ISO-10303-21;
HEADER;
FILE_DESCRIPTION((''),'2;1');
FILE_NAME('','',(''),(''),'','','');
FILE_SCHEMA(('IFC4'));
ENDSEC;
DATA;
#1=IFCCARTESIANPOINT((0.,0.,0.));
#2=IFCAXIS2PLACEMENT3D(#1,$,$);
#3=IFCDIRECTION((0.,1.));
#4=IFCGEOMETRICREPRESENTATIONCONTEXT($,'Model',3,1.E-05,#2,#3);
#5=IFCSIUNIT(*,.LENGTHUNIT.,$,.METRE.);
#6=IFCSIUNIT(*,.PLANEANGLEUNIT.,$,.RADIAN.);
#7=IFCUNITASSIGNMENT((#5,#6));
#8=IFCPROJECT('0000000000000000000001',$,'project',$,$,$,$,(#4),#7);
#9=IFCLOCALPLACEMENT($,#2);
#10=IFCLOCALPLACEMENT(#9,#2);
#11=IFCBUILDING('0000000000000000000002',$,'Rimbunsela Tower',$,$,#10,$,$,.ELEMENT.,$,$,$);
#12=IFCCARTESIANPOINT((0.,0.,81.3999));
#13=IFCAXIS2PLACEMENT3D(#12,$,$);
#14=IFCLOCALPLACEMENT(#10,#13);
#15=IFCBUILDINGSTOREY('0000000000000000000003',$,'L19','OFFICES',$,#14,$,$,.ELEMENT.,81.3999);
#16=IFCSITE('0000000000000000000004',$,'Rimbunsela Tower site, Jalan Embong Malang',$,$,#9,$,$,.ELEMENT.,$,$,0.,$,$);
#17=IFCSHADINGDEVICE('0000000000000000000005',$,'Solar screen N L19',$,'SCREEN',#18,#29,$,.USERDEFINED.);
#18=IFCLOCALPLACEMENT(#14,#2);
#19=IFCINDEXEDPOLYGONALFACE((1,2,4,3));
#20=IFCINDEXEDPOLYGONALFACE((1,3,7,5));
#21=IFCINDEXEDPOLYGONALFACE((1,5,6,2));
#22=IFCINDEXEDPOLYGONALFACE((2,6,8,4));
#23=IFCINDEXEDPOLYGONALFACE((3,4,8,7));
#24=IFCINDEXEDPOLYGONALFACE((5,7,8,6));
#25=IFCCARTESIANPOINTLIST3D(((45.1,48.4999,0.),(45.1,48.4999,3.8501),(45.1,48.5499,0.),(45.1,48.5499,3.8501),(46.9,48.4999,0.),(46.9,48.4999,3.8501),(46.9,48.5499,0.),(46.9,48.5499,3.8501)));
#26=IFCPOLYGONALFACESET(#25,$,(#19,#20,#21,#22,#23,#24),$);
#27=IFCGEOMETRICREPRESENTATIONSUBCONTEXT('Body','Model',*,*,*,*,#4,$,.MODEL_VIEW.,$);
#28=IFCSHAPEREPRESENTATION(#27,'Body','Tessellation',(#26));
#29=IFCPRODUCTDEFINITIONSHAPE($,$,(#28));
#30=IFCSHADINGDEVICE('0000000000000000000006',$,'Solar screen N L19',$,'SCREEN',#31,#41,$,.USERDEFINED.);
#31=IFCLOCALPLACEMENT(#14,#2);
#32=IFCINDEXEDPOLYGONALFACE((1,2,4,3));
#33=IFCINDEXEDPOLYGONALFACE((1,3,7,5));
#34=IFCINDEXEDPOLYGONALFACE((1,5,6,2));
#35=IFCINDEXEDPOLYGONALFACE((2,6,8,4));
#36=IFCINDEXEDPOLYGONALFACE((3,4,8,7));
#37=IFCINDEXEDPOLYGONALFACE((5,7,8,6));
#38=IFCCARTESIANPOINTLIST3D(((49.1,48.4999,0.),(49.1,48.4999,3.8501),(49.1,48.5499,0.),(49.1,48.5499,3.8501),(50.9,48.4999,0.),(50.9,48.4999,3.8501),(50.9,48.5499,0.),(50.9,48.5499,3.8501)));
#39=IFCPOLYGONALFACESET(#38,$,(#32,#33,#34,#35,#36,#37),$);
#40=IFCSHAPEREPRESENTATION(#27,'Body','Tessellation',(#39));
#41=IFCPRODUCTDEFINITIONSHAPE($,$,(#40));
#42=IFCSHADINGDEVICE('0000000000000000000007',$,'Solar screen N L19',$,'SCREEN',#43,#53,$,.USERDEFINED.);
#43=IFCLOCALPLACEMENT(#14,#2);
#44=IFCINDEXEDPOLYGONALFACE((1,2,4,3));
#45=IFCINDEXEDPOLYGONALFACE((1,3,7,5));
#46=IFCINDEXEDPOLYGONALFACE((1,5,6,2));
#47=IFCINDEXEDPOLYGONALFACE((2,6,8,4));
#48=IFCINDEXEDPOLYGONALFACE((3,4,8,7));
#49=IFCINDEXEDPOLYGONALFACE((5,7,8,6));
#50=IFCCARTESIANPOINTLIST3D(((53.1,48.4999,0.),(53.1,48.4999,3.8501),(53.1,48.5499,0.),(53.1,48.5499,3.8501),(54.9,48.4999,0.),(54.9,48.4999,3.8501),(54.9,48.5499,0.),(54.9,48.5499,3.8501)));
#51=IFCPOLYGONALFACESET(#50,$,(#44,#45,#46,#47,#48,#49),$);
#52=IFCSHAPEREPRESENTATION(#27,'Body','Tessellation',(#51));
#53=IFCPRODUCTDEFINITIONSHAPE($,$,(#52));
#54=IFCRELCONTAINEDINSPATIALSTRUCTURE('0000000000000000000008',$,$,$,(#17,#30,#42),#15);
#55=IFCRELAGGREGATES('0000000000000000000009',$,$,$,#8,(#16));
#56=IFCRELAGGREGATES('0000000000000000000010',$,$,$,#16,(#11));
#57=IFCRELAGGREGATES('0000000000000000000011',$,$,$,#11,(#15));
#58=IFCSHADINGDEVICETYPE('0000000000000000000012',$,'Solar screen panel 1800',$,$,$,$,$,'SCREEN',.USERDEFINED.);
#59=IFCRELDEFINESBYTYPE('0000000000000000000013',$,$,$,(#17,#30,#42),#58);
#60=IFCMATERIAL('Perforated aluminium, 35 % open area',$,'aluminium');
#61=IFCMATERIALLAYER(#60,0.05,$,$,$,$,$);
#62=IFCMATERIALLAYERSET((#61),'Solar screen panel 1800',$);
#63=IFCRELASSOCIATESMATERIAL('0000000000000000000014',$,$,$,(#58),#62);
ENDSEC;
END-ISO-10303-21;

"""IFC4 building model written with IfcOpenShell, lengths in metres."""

from ifc_helpers import new_model, si_unit, direction, frame, origin, origin_2d, place, context, subcontext, project, spatial, rectangle, extrude, material, layer, layer_set, type_object, element, save


model = new_model("IFC4")

# Units and contexts
model_context = context("Model", 3, precision=1e-05, world=origin(), true_north=direction((0.0, 1.0)))
body_context = subcontext(model_context, "Body", "Model", "MODEL_VIEW")
ifc_project = project(units=[si_unit("LENGTHUNIT", "METRE"), si_unit("PLANEANGLEUNIT", "RADIAN")], contexts=[model_context])

# Site, building, storey
site_placement = place(None, origin())
site = spatial("IfcSite", under=ifc_project, at=site_placement, Name="Rimbunsela Tower site, Jalan Embong Malang", CompositionType="ELEMENT", RefElevation=0.0)
building_placement = place(site_placement, origin())
building = spatial("IfcBuilding", under=site, at=building_placement, Name="Rimbunsela Tower", CompositionType="ELEMENT")
storey_placement = place(building_placement, frame((0.0, 0.0, 81.3999)))
storey = spatial("IfcBuildingStorey", under=building, at=storey_placement, Name="L19", Description="OFFICES", CompositionType="ELEMENT", Elevation=81.3999)

# Shading devices
ifc_material_1 = material(Name="Perforated aluminium, 35 % open area", Category="aluminium")
ifc_layer_1 = layer(ifc_material_1, 0.05)
ifc_layer_set_1 = layer_set([ifc_layer_1], Name="Solar screen panel 1800")
shading_device_type = type_object("IfcShadingDeviceType", Name="Solar screen panel 1800", ElementType="SCREEN", PredefinedType="USERDEFINED", material=ifc_layer_set_1)
for number, where, z_axis, x_axis, name in (
    (1, (46.0, 48.5249, 0.0), (0.0, 0.0, 1.0), (1.0, 0.0, 0.0), "Solar screen N L19"),
    (2, (50.0, 48.5249, 0.0), (0.0, 0.0, 1.0), (1.0, 0.0, 0.0), "Solar screen N L19"),
    (3, (54.0, 48.5249, 0.0), (0.0, 0.0, 1.0), (1.0, 0.0, 0.0), "Solar screen N L19"),
):
    element("IfcShadingDevice", number, at=place(storey_placement, frame(where, z_axis=z_axis, x_axis=x_axis)), inside=storey, type_object=shading_device_type, Name=name, ObjectType="SCREEN", PredefinedType="USERDEFINED", context=body_context, shape_type="SweptSolid", body=[
        extrude(rectangle(XDim=1.8, YDim=0.05, at=origin_2d()), origin(), (0.0, 0.0, 1.0), 3.8501),
    ])

save(model, "model.ifc")
